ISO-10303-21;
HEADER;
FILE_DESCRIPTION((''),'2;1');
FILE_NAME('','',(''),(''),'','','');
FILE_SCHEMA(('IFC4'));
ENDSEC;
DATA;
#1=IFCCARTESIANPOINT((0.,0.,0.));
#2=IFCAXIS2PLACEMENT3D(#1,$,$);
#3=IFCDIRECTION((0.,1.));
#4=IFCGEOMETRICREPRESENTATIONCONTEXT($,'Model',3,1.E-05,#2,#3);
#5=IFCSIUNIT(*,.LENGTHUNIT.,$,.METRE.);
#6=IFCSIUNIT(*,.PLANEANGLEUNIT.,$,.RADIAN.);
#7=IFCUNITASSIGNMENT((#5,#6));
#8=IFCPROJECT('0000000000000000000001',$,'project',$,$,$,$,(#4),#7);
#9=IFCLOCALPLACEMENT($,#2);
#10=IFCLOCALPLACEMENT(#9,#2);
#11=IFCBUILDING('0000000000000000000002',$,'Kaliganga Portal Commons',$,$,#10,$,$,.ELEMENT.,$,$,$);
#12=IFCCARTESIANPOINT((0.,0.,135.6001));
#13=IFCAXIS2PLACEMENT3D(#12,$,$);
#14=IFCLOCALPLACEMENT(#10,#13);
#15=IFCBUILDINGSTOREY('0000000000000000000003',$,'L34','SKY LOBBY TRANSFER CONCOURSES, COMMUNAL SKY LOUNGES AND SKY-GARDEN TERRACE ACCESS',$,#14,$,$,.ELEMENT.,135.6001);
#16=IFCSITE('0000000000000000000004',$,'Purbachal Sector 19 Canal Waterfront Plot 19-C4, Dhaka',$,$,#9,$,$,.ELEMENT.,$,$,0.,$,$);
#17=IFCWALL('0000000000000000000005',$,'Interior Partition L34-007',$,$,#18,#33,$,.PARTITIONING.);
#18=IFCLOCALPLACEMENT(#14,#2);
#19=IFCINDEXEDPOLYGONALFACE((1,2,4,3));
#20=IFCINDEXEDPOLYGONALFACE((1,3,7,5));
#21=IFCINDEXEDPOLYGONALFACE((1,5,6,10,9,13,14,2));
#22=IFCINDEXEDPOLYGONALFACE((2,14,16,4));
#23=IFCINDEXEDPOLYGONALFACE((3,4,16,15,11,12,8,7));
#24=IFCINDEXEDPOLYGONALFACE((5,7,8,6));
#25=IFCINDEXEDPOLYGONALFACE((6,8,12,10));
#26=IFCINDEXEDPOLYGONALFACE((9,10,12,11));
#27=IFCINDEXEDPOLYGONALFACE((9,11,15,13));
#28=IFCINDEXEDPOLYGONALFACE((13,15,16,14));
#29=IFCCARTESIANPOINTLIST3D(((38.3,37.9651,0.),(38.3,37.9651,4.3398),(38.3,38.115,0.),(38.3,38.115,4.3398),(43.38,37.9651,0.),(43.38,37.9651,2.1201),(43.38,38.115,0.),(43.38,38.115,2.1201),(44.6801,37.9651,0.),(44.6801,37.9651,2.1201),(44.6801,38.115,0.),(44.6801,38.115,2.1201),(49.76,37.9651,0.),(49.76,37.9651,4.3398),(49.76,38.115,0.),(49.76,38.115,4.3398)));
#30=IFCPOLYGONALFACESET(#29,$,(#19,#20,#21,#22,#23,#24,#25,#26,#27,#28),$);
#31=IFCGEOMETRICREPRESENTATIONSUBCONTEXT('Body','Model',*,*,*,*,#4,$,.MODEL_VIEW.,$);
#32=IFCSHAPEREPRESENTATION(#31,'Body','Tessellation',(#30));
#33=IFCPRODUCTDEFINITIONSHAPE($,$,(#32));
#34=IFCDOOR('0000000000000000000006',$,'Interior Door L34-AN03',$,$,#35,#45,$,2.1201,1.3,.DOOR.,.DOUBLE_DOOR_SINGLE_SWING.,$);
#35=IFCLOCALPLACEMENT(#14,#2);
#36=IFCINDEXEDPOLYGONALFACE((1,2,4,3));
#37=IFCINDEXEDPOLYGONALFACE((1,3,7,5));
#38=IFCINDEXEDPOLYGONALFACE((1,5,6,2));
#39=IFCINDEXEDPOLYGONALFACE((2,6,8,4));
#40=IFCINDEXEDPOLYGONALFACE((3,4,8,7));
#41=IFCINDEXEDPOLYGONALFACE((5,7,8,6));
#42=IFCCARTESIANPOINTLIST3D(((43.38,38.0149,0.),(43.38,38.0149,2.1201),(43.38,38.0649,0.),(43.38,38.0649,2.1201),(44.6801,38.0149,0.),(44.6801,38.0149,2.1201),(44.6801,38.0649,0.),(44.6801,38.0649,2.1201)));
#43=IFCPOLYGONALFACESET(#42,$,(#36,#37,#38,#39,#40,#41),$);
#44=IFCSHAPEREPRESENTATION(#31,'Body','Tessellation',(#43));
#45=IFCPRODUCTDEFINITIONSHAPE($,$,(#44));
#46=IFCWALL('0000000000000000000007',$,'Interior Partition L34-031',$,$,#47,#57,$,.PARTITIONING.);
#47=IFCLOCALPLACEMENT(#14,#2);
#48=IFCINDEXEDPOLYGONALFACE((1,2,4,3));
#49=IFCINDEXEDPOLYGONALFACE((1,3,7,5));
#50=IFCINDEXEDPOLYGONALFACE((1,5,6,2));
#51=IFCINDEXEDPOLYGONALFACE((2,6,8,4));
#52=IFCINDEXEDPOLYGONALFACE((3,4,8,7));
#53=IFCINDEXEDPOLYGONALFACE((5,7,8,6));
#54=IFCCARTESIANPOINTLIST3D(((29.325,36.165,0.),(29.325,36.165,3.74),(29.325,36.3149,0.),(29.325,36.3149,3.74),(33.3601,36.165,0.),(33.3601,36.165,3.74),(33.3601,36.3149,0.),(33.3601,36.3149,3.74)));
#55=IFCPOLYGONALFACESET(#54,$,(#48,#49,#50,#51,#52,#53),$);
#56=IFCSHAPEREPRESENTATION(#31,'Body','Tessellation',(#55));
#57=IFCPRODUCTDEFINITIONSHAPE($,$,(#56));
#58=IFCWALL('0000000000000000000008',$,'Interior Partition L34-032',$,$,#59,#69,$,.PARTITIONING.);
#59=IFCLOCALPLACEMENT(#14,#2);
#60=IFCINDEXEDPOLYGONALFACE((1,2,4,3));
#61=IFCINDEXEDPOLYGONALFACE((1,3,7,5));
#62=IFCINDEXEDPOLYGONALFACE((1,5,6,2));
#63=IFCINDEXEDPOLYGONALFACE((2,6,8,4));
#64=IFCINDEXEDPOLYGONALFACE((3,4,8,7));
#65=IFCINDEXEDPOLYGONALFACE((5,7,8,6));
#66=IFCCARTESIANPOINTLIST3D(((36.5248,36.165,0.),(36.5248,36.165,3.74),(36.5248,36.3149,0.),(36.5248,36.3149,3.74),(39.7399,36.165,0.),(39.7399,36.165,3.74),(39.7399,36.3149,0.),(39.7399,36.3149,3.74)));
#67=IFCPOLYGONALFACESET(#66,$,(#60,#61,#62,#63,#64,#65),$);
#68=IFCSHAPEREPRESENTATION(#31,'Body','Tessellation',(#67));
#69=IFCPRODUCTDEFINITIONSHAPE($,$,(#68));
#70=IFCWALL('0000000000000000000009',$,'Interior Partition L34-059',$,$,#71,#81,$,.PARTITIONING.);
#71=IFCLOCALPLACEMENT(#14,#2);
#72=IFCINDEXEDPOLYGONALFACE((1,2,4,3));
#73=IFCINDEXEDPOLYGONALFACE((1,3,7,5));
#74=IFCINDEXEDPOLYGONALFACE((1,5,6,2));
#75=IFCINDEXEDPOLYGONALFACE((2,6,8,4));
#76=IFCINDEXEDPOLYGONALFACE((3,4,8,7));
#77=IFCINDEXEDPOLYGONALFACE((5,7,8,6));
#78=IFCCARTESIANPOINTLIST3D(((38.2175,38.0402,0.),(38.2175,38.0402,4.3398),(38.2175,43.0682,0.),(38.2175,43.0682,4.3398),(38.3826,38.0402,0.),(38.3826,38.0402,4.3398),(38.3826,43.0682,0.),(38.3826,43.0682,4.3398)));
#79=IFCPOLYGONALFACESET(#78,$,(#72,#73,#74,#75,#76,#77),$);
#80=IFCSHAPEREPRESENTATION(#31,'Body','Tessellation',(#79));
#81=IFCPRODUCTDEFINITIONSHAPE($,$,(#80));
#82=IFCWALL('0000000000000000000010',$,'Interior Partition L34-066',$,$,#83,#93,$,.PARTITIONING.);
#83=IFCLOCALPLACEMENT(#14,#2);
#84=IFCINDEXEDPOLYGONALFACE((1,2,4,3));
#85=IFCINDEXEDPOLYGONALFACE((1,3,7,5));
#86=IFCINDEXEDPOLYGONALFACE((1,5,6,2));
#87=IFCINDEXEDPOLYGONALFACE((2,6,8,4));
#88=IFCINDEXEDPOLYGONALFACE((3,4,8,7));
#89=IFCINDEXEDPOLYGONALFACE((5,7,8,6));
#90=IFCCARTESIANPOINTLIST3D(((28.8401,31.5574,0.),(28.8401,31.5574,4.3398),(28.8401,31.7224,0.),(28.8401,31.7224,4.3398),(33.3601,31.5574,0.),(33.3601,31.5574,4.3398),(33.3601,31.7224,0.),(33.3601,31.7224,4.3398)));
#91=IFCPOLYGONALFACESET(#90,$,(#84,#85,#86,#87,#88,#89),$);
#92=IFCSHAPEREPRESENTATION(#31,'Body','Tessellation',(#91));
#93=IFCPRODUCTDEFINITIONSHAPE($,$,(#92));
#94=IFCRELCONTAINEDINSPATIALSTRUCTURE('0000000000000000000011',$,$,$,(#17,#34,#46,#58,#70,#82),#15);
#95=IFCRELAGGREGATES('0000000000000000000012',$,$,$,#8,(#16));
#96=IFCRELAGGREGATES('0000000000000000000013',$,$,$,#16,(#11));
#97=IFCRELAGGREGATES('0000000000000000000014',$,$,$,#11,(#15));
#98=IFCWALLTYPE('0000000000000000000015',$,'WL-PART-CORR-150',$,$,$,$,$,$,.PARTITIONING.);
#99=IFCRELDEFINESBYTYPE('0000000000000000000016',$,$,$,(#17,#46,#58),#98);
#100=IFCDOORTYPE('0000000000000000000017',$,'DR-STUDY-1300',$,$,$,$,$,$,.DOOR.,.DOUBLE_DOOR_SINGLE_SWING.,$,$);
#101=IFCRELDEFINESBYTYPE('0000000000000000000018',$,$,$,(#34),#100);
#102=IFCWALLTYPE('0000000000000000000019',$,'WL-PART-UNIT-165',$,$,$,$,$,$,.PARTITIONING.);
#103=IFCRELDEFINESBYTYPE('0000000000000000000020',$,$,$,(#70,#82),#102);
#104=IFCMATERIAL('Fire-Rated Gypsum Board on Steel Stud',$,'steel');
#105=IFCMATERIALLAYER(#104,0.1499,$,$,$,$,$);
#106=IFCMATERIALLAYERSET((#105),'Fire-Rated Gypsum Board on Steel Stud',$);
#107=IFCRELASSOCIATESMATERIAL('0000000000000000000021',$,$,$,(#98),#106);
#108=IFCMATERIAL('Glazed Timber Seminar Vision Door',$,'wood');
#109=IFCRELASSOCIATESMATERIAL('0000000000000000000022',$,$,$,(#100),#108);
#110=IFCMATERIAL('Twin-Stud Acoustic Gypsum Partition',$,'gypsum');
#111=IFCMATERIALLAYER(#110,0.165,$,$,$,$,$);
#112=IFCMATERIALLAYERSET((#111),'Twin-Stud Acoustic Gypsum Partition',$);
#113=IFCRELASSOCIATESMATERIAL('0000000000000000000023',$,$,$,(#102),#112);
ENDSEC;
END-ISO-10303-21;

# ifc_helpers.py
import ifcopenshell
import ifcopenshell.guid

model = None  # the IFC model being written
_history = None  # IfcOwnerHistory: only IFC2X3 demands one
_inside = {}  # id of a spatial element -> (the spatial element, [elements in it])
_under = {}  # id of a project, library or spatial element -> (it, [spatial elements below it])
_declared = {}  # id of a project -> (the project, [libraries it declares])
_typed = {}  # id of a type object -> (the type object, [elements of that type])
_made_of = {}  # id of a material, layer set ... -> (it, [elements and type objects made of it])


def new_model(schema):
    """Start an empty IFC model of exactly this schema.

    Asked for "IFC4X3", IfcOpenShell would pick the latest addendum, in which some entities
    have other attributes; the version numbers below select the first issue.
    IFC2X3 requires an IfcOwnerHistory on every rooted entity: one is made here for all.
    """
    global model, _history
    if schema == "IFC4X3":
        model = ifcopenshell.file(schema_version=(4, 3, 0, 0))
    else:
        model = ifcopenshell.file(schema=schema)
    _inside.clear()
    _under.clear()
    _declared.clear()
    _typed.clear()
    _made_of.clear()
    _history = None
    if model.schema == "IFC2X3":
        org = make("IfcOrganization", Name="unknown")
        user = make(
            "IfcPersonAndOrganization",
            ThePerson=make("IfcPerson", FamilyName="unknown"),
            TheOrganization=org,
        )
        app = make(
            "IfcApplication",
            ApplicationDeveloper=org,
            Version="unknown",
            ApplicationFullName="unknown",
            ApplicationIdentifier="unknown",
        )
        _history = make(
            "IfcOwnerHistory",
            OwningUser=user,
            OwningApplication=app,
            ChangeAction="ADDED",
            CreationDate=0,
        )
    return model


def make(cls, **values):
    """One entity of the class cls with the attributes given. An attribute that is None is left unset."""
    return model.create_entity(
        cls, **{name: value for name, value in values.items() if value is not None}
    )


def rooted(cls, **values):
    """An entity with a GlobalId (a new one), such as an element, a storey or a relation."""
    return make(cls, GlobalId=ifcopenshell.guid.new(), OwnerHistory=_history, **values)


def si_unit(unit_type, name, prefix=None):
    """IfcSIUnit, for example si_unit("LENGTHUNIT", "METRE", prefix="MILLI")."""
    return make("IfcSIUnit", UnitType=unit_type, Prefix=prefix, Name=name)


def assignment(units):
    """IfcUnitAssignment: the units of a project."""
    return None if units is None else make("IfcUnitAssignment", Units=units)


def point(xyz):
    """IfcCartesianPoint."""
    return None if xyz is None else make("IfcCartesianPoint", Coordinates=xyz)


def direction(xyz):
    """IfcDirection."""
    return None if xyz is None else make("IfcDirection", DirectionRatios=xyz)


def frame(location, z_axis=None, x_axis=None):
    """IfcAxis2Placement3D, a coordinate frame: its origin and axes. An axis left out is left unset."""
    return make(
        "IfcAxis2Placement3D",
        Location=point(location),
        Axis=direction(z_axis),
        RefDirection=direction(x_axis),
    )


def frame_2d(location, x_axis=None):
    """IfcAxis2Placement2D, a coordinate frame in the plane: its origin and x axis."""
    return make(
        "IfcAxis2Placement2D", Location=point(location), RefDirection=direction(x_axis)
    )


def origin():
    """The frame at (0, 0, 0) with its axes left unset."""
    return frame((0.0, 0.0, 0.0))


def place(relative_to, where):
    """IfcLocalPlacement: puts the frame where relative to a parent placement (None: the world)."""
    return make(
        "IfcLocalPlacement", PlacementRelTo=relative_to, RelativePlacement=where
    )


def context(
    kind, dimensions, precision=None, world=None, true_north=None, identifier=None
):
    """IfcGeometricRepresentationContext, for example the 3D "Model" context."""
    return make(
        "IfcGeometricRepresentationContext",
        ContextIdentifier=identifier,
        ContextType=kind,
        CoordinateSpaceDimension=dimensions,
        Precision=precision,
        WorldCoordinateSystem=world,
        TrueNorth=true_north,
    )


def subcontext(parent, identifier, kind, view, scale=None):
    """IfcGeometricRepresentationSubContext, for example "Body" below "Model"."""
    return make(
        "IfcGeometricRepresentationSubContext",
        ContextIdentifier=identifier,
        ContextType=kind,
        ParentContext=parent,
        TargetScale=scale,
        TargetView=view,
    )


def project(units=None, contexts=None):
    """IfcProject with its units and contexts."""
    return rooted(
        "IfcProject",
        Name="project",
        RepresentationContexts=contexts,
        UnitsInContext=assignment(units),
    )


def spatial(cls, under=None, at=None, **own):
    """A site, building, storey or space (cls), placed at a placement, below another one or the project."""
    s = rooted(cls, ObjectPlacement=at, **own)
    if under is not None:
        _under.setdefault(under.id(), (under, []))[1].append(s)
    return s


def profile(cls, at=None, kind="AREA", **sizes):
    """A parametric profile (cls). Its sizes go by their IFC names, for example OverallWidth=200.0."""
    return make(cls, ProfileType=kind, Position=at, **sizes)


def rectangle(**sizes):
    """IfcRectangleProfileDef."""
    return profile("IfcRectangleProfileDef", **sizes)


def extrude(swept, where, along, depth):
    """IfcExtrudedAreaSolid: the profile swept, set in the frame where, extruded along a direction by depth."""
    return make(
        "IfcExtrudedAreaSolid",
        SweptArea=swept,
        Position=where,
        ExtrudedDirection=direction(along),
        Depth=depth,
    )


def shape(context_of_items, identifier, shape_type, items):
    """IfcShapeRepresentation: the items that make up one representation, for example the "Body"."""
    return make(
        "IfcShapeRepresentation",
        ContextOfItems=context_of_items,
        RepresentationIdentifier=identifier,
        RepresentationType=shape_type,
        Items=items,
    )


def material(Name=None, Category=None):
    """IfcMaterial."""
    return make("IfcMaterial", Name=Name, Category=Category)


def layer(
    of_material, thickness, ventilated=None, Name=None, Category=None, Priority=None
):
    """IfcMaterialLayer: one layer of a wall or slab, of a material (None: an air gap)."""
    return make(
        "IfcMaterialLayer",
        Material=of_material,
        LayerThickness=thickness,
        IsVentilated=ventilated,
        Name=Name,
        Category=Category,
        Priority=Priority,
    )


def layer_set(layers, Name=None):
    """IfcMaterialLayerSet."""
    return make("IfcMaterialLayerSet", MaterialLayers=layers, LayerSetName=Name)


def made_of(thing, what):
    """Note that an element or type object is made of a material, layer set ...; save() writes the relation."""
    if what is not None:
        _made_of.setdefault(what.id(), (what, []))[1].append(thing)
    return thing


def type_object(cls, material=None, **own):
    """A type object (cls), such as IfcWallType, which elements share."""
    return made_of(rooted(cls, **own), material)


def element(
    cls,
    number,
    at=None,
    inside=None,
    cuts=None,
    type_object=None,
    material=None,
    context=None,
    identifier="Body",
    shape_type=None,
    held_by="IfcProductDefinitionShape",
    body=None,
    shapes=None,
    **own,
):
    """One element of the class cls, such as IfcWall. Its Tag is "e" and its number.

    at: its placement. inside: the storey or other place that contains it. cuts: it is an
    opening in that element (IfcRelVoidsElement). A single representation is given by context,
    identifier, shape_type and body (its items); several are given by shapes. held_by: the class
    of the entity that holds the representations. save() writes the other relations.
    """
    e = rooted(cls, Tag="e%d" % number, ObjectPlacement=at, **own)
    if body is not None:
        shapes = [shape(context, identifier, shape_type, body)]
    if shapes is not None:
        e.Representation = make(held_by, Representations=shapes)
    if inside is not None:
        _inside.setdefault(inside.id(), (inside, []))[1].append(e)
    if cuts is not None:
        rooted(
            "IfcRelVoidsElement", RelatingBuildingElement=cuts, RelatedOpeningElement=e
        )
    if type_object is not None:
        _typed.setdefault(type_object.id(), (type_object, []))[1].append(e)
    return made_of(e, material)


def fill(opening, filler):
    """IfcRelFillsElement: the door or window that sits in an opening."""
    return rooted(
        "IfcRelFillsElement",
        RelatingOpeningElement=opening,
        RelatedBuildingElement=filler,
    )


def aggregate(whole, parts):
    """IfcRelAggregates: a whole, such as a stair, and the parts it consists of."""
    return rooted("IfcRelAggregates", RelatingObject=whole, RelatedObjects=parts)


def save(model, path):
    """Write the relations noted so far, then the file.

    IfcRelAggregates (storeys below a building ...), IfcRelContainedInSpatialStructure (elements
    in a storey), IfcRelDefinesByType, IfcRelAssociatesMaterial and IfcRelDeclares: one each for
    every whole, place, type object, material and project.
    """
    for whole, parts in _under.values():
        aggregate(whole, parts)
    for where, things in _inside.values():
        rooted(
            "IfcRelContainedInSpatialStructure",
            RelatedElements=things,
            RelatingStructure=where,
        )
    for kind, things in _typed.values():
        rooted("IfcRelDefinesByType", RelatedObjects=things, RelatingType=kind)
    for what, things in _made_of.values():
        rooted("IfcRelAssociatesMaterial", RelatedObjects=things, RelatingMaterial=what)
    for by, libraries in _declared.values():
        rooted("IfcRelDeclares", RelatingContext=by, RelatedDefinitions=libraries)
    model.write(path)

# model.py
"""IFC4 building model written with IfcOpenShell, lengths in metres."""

from ifc_helpers import new_model, si_unit, direction, frame, frame_2d, origin, place, context, subcontext, project, spatial, rectangle, extrude, material, layer, layer_set, type_object, element, fill, save


model = new_model("IFC4")

# Units and contexts
model_context = context("Model", 3, precision=1e-05, world=origin(), true_north=direction((0.0, 1.0)))
body_context = subcontext(model_context, "Body", "Model", "MODEL_VIEW")
ifc_project = project(units=[si_unit("LENGTHUNIT", "METRE"), si_unit("PLANEANGLEUNIT", "RADIAN")], contexts=[model_context])

# Site, building, storey
site_placement = place(None, origin())
site = spatial("IfcSite", under=ifc_project, at=site_placement, Name="Purbachal Sector 19 Canal Waterfront Plot 19-C4, Dhaka", CompositionType="ELEMENT", RefElevation=0.0)
building_placement = place(site_placement, origin())
building = spatial("IfcBuilding", under=site, at=building_placement, Name="Kaliganga Portal Commons", CompositionType="ELEMENT")
storey_placement = place(building_placement, frame((0.0, 0.0, 135.6001)))
storey = spatial("IfcBuildingStorey", under=building, at=storey_placement, Name="L34", Description="SKY LOBBY TRANSFER CONCOURSES, COMMUNAL SKY LOUNGES AND SKY-GARDEN TERRACE ACCESS", CompositionType="ELEMENT", Elevation=135.6001)

# Wall, opening, door
ifc_material_1 = material(Name="Fire-Rated Gypsum Board on Steel Stud", Category="steel")
ifc_layer_1 = layer(ifc_material_1, 0.1499)
ifc_layer_set_1 = layer_set([ifc_layer_1], Name="Fire-Rated Gypsum Board on Steel Stud")
wall_type_1 = type_object("IfcWallType", Name="WL-PART-CORR-150", PredefinedType="PARTITIONING", material=ifc_layer_set_1)
wall_1_placement = place(storey_placement, frame((38.3, 38.04, 0.0), z_axis=(0.0, 0.0, 1.0), x_axis=(1.0, 0.0, 0.0)))
wall_1 = element("IfcWall", 1, at=wall_1_placement, inside=storey, type_object=wall_type_1, Name="Interior Partition L34-007", PredefinedType="PARTITIONING", context=body_context, shape_type="SweptSolid", body=[
    extrude(rectangle(XDim=11.46, YDim=0.1499, at=frame_2d((5.73, 0.0))), origin(), (0.0, 0.0, 1.0), 4.3398),
])
opening_1_placement = place(wall_1_placement, frame((5.0801, 0.0, 0.0)))
opening_1 = element("IfcOpeningElement", 2, at=opening_1_placement, cuts=wall_1, PredefinedType="OPENING", context=body_context, shape_type="SweptSolid", body=[
    extrude(rectangle(XDim=1.3, YDim=2.1201, at=frame_2d((0.6499, 1.0601))), frame((0.0, 0.085, 0.0), z_axis=(0.0, -1.0, 0.0), x_axis=(1.0, 0.0, 0.0)), (0.0, 0.0, 1.0), 0.1699),
])
ifc_material_2 = material(Name="Glazed Timber Seminar Vision Door", Category="wood")
door_type = type_object("IfcDoorType", Name="DR-STUDY-1300", OperationType="DOUBLE_DOOR_SINGLE_SWING", PredefinedType="DOOR", material=ifc_material_2)
door_1_placement = place(opening_1_placement, origin())
door_1 = element("IfcDoor", 3, at=door_1_placement, inside=storey, type_object=door_type, Name="Interior Door L34-AN03", OperationType="DOUBLE_DOOR_SINGLE_SWING", OverallHeight=2.1201, OverallWidth=1.3, PredefinedType="DOOR", context=body_context, shape_type="SweptSolid", body=[
    extrude(rectangle(XDim=1.3, YDim=2.1201, at=frame_2d((0.6499, 1.0601))), frame((0.0, 0.0249, 0.0), z_axis=(0.0, -1.0, 0.0), x_axis=(1.0, 0.0, 0.0)), (0.0, 0.0, 1.0), 0.05),
])
fill(opening_1, door_1)

# Walls
wall_2_placement = place(storey_placement, frame((29.325, 36.24, 0.0), z_axis=(0.0, 0.0, 1.0), x_axis=(1.0, 0.0, 0.0)))
element("IfcWall", 4, at=wall_2_placement, inside=storey, type_object=wall_type_1, Name="Interior Partition L34-031", PredefinedType="PARTITIONING", context=body_context, shape_type="SweptSolid", body=[
    extrude(rectangle(XDim=4.0352, YDim=0.1499, at=frame_2d((2.0176, 0.0))), origin(), (0.0, 0.0, 1.0), 3.74),
])
wall_3_placement = place(storey_placement, frame((36.5249, 36.24, 0.0), z_axis=(0.0, 0.0, 1.0), x_axis=(1.0, 0.0, 0.0)))
element("IfcWall", 5, at=wall_3_placement, inside=storey, type_object=wall_type_1, Name="Interior Partition L34-032", PredefinedType="PARTITIONING", context=body_context, shape_type="SweptSolid", body=[
    extrude(rectangle(XDim=3.2151, YDim=0.1499, at=frame_2d((1.6074, 0.0))), origin(), (0.0, 0.0, 1.0), 3.74),
])

# Walls
ifc_material_3 = material(Name="Twin-Stud Acoustic Gypsum Partition", Category="gypsum")
ifc_layer_2 = layer(ifc_material_3, 0.165)
ifc_layer_set_2 = layer_set([ifc_layer_2], Name="Twin-Stud Acoustic Gypsum Partition")
wall_type_2 = type_object("IfcWallType", Name="WL-PART-UNIT-165", PredefinedType="PARTITIONING", material=ifc_layer_set_2)
wall_4_placement = place(storey_placement, frame((38.3, 38.04, 0.0), z_axis=(0.0, 0.0, 1.0), x_axis=(0.0, 1.0, 0.0)))
element("IfcWall", 6, at=wall_4_placement, inside=storey, type_object=wall_type_2, Name="Interior Partition L34-059", PredefinedType="PARTITIONING", context=body_context, shape_type="SweptSolid", body=[
    extrude(rectangle(XDim=5.0281, YDim=0.165, at=frame_2d((2.5142, 0.0))), origin(), (0.0, 0.0, 1.0), 4.3398),
])
wall_5_placement = place(storey_placement, frame((28.8401, 31.6399, 0.0), z_axis=(0.0, 0.0, 1.0), x_axis=(1.0, 0.0, 0.0)))
element("IfcWall", 7, at=wall_5_placement, inside=storey, type_object=wall_type_2, Name="Interior Partition L34-066", PredefinedType="PARTITIONING", context=body_context, shape_type="SweptSolid", body=[
    extrude(rectangle(XDim=4.52, YDim=0.165, at=frame_2d((2.26, 0.0))), origin(), (0.0, 0.0, 1.0), 4.3398),
])

save(model, "model.ifc")
